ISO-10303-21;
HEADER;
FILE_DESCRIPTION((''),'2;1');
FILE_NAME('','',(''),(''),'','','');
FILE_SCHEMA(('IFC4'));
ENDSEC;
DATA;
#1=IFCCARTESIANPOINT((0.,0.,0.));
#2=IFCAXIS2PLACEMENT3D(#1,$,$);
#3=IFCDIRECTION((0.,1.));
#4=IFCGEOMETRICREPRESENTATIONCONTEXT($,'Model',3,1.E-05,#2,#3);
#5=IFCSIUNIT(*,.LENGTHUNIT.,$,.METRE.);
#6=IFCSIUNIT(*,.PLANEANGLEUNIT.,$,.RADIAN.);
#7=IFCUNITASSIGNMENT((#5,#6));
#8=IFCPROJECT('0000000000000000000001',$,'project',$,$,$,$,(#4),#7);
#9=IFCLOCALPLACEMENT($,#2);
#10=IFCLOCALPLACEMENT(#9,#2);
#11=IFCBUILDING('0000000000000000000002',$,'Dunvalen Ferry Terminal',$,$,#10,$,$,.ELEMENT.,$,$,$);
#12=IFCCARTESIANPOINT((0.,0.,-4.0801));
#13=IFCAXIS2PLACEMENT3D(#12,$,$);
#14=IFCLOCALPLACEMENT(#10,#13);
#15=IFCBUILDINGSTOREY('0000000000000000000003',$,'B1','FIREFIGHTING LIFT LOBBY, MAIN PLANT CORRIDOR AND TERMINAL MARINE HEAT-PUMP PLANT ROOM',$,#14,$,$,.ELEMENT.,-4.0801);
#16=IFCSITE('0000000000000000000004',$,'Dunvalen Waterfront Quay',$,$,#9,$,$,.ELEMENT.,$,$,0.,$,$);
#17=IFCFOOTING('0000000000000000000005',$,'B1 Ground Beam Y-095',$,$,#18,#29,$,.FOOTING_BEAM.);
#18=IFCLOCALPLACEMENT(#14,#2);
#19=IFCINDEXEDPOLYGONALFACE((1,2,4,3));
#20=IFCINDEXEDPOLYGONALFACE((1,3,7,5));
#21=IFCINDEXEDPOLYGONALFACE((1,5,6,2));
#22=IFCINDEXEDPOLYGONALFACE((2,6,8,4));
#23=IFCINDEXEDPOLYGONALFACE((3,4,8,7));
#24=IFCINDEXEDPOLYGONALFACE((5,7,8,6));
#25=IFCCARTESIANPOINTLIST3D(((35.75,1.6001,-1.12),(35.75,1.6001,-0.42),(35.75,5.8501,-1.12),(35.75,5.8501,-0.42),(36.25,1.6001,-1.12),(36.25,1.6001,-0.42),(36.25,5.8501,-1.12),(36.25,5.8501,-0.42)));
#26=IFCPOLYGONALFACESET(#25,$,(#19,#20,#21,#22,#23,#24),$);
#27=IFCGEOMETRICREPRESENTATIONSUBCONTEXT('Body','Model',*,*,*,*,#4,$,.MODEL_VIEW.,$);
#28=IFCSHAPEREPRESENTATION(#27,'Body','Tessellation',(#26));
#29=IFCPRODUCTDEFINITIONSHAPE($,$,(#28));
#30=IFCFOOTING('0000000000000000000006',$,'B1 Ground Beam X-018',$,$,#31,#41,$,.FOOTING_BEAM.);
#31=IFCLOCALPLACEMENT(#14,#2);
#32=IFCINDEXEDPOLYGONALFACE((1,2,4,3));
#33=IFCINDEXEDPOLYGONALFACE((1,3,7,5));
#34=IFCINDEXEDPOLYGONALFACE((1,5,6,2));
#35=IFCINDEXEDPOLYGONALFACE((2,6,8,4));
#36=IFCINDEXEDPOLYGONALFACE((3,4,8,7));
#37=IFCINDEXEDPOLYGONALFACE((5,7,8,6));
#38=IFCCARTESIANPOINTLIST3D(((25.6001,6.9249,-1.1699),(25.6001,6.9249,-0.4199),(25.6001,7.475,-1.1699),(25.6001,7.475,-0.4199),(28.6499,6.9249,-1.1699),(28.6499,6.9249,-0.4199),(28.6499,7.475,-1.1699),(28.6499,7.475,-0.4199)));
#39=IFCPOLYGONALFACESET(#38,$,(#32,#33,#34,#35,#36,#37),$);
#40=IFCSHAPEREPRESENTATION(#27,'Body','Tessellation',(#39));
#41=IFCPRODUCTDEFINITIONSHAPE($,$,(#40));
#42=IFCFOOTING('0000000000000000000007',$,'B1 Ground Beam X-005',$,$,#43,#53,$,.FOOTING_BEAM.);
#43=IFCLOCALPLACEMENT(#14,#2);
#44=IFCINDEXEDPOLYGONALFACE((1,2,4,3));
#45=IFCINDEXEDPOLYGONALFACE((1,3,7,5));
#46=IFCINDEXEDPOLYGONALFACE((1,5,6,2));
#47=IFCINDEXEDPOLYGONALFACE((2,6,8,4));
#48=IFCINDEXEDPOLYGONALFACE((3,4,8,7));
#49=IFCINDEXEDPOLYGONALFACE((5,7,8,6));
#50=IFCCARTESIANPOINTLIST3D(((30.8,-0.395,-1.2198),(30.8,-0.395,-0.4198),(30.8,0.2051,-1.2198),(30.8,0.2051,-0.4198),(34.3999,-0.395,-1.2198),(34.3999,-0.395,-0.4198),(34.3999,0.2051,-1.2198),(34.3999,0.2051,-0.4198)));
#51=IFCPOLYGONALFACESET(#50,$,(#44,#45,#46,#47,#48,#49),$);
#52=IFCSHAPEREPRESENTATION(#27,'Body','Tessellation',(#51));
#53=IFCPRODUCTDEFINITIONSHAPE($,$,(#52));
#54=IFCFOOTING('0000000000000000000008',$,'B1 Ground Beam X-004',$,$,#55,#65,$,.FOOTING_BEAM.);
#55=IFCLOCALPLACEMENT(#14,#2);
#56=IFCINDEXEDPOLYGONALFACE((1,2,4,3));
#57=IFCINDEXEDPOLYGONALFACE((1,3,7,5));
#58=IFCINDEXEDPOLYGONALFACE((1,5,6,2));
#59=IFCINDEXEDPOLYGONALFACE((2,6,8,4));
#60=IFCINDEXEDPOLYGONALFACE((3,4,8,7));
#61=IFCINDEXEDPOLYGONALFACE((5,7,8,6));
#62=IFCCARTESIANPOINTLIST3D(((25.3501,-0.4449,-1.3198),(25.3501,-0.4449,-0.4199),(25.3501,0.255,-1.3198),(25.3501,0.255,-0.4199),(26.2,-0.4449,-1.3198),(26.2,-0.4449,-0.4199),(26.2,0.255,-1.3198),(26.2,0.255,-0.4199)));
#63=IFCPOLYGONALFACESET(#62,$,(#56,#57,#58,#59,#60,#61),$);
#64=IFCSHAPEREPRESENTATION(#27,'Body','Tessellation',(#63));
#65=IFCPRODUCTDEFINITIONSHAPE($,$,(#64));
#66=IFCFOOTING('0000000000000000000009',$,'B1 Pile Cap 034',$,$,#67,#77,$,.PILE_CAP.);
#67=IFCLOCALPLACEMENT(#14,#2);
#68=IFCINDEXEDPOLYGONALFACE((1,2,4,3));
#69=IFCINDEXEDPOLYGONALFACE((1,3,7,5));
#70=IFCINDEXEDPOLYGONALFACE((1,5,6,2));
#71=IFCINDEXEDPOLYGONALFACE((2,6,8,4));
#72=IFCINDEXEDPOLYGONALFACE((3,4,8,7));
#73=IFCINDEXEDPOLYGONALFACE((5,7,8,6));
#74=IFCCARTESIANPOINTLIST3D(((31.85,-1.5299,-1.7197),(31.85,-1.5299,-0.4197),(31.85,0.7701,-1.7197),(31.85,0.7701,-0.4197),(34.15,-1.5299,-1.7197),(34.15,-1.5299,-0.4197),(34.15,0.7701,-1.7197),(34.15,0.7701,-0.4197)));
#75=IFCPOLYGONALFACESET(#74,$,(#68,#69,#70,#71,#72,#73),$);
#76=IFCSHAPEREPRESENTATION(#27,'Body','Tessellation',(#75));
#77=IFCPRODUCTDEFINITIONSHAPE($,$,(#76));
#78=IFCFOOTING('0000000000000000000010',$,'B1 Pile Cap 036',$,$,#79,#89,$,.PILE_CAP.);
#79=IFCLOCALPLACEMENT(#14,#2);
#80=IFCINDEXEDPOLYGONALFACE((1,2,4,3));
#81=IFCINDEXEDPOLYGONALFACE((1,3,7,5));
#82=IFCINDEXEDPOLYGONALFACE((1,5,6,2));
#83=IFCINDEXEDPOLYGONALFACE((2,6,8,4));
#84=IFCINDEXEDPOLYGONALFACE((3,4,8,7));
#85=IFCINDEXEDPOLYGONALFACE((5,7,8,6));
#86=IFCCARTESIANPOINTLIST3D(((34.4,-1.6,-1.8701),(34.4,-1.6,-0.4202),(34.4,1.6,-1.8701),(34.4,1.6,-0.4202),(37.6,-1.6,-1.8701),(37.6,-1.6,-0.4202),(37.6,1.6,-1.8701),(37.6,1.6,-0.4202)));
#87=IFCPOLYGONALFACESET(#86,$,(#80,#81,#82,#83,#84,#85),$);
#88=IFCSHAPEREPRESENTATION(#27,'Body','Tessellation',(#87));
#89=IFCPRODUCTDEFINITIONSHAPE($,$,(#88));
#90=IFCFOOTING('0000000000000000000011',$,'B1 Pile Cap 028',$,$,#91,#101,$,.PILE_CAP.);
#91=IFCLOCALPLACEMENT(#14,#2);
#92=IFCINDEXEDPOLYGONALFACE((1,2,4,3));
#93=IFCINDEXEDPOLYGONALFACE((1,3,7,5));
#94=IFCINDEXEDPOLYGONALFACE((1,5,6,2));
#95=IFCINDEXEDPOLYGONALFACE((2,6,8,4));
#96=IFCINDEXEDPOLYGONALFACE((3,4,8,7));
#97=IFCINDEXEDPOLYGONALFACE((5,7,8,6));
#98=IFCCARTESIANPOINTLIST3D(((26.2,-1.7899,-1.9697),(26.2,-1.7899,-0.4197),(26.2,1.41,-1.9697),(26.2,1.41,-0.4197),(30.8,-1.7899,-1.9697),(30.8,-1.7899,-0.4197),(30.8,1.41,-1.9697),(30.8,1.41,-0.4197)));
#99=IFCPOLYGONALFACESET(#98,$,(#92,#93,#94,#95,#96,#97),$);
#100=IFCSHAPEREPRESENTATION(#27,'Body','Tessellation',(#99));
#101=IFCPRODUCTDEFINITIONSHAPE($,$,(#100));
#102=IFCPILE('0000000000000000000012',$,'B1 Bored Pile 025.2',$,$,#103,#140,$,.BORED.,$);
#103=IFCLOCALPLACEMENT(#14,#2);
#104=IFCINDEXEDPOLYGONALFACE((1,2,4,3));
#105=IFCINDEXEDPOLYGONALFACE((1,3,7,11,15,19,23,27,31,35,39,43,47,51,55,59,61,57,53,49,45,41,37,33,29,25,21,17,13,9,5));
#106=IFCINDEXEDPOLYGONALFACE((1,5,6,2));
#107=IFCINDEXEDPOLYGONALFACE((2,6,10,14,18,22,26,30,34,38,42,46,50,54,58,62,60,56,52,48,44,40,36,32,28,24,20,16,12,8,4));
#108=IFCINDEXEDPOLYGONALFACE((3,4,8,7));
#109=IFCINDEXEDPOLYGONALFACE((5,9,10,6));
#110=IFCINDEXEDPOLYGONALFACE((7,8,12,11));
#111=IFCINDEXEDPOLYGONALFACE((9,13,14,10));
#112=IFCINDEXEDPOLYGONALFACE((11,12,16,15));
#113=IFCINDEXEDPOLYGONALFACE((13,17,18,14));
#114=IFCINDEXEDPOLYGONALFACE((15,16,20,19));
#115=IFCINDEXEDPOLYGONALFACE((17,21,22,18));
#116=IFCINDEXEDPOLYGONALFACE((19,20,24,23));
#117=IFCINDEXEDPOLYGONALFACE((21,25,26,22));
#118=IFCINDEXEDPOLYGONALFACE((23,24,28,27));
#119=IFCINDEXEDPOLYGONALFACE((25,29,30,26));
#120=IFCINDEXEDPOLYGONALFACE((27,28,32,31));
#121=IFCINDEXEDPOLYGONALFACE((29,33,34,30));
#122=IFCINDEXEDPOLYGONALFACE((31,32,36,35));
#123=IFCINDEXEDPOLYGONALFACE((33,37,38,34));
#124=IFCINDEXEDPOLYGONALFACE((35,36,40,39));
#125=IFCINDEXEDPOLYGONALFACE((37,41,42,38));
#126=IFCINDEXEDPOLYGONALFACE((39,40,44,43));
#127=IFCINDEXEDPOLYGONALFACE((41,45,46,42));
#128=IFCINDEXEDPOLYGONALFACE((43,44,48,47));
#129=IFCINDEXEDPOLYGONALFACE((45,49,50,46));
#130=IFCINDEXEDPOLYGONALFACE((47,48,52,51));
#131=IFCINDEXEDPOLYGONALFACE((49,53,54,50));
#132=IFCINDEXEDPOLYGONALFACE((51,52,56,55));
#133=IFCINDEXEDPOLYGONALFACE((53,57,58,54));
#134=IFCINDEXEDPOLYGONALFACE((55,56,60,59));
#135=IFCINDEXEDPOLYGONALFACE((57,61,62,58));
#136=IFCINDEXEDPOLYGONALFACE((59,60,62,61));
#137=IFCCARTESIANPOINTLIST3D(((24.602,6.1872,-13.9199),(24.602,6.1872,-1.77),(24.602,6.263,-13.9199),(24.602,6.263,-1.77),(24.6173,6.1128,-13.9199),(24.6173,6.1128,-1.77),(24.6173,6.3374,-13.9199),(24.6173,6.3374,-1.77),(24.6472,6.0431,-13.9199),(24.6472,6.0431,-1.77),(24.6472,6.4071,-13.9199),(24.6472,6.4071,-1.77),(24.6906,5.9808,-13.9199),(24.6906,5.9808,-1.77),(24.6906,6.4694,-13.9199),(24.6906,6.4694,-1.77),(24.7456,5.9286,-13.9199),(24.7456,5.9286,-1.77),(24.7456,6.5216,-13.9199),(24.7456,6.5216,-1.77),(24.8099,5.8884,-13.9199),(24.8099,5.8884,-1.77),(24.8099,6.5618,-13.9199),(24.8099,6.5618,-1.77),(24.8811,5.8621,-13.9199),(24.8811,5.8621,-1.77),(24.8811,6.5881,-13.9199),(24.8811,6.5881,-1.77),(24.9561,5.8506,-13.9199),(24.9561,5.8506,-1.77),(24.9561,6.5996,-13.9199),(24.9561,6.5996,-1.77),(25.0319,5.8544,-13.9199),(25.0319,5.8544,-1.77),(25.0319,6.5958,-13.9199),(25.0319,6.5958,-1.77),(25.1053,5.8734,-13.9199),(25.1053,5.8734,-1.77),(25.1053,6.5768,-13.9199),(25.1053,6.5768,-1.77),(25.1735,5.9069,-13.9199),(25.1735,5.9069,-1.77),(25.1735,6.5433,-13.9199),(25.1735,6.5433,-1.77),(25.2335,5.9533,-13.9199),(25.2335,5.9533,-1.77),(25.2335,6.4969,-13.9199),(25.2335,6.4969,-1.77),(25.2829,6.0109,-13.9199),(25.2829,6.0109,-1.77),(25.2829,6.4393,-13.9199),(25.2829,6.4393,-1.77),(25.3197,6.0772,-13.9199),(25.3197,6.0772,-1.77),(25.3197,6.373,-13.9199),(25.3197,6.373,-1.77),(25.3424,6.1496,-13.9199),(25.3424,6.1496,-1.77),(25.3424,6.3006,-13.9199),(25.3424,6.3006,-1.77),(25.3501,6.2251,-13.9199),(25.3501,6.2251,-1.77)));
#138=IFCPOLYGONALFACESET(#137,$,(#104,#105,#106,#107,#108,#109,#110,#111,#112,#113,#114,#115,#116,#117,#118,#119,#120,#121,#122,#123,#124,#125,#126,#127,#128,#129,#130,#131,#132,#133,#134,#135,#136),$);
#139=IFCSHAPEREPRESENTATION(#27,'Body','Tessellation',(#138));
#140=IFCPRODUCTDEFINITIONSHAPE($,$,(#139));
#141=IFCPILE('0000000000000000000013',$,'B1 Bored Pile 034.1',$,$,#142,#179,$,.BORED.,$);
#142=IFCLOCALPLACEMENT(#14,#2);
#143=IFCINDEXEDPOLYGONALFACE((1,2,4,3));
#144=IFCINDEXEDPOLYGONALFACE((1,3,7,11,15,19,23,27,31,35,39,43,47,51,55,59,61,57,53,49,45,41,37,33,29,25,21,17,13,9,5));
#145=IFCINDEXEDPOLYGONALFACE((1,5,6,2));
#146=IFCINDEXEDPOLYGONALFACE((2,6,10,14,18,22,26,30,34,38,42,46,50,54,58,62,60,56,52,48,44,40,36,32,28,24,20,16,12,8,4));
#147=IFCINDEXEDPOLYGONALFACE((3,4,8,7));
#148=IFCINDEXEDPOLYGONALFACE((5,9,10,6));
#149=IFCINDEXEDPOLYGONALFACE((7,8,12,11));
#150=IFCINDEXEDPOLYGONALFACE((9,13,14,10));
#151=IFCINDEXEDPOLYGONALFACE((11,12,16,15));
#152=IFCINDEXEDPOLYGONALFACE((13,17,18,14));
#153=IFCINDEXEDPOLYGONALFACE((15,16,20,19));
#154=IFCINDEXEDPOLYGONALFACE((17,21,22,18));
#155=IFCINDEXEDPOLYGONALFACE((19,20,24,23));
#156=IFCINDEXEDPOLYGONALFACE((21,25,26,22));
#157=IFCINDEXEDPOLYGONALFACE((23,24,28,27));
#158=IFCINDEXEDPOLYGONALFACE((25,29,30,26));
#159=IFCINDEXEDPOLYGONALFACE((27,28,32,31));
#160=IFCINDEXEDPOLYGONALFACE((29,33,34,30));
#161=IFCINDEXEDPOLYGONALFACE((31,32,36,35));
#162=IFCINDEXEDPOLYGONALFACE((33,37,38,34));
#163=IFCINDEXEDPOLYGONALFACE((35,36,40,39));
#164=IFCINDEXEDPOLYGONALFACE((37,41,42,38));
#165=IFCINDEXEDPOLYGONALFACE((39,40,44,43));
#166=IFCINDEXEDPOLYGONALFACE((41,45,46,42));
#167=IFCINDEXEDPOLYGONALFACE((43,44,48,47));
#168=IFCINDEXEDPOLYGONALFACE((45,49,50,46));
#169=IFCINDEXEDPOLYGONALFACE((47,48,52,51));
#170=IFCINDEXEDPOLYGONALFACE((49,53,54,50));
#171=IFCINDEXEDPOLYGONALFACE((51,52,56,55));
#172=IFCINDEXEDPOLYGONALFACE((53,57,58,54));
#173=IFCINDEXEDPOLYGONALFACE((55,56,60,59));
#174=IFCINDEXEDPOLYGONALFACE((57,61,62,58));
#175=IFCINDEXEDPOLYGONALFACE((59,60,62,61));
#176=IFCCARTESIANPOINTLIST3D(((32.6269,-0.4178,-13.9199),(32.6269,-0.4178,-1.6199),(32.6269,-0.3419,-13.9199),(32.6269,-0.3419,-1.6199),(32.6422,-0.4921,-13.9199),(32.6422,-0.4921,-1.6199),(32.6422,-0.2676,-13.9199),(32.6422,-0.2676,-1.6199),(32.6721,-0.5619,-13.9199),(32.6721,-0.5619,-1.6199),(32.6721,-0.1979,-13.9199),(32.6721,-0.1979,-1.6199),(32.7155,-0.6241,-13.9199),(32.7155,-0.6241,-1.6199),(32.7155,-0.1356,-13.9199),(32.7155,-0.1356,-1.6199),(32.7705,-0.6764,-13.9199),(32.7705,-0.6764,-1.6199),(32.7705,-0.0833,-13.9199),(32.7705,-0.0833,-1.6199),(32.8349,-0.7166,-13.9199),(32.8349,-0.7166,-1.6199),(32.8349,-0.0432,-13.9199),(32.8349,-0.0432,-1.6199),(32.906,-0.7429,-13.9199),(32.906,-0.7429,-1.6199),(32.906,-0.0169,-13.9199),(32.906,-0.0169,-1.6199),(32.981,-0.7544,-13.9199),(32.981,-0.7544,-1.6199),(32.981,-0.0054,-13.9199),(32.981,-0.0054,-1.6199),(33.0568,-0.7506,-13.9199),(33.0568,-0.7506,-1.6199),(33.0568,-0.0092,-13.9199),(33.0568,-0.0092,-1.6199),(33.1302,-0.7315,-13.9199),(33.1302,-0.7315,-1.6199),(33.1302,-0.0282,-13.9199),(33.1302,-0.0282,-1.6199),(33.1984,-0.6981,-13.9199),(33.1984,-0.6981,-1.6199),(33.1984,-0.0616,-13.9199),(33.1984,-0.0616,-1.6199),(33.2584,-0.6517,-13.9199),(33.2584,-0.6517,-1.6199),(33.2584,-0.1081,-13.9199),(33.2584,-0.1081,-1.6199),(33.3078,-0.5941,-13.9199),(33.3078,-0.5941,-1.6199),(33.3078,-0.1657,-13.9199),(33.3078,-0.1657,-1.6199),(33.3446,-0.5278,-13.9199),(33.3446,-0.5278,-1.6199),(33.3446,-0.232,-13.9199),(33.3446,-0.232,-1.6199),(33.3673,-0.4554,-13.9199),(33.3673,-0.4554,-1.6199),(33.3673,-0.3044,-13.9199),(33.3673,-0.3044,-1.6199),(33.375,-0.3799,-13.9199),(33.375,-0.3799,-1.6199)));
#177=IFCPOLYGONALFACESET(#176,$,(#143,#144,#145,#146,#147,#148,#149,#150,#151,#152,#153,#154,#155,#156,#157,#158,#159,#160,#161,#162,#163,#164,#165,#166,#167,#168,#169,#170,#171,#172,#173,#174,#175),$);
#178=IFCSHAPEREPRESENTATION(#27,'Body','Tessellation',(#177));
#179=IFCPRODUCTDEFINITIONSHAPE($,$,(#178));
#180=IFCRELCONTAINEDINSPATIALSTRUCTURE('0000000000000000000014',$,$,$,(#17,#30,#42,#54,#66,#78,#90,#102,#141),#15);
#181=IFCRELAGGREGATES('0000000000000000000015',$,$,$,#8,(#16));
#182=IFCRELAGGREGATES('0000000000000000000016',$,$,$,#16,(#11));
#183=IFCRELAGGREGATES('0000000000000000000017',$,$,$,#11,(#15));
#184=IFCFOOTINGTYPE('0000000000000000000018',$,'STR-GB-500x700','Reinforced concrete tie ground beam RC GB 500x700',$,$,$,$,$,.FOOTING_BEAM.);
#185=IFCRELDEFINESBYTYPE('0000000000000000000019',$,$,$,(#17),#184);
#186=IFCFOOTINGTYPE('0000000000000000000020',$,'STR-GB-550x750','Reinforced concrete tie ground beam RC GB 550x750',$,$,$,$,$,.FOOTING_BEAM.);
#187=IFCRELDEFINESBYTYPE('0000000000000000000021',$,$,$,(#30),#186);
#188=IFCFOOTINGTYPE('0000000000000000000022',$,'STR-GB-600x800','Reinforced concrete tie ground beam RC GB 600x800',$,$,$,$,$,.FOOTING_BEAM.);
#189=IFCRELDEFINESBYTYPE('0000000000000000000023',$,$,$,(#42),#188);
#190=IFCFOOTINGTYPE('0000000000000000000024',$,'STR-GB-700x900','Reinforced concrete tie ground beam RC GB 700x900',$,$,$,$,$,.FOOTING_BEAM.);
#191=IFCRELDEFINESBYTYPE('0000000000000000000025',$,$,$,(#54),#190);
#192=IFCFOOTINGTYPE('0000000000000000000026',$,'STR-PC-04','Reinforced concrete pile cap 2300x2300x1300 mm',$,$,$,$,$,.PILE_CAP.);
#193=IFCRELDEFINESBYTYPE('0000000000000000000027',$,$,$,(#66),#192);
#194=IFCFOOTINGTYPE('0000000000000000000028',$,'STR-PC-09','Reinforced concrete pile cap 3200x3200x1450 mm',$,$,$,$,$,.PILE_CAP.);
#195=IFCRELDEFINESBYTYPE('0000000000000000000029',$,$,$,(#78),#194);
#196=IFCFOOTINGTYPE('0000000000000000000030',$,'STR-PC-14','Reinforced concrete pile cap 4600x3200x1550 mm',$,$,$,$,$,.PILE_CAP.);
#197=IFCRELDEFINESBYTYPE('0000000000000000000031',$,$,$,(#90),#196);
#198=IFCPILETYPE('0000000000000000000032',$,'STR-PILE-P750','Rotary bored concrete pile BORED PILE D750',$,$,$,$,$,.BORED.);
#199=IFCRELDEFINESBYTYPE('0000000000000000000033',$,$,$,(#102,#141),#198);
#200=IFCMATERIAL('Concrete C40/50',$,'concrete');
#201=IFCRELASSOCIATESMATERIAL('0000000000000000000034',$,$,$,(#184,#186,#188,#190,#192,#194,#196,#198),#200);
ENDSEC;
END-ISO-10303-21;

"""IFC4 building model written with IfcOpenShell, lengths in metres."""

from ifc_helpers import new_model, si_unit, direction, frame, origin, origin_2d, place, context, subcontext, project, spatial, rectangle, circle, extrude, material, material_profile, profile_set, type_object, element, save


model = new_model("IFC4")

# Units and contexts
model_context = context("Model", 3, precision=1e-05, world=origin(), true_north=direction((0.0, 1.0)))
body_context = subcontext(model_context, "Body", "Model", "MODEL_VIEW")
ifc_project = project(units=[si_unit("LENGTHUNIT", "METRE"), si_unit("PLANEANGLEUNIT", "RADIAN")], contexts=[model_context])

# Site, building, storey
site_placement = place(None, origin())
site = spatial("IfcSite", under=ifc_project, at=site_placement, Name="Dunvalen Waterfront Quay", CompositionType="ELEMENT", RefElevation=0.0)
building_placement = place(site_placement, origin())
building = spatial("IfcBuilding", under=site, at=building_placement, Name="Dunvalen Ferry Terminal", CompositionType="ELEMENT")
storey_placement = place(building_placement, frame((0.0, 0.0, -4.0801)))
storey = spatial("IfcBuildingStorey", under=building, at=storey_placement, Name="B1", Description="FIREFIGHTING LIFT LOBBY, MAIN PLANT CORRIDOR AND TERMINAL MARINE HEAT-PUMP PLANT ROOM", CompositionType="ELEMENT", Elevation=-4.0801)

# Footings
ifc_material_1 = material(Name="Concrete C40/50", Category="concrete")
ifc_material_profile_1 = material_profile(ifc_material_1, rectangle(XDim=0.5, YDim=0.7, at=origin_2d()), Name="Concrete C40/50")
ifc_profile_set_1 = profile_set([ifc_material_profile_1], Name="Concrete C40/50")
footing_type_1 = type_object("IfcFootingType", Name="STR-GB-500x700", Description="Reinforced concrete tie ground beam RC GB 500x700", PredefinedType="FOOTING_BEAM", material=ifc_profile_set_1)
footing_1_placement = place(storey_placement, frame((36.0, 1.6001, -0.77), z_axis=(0.0, 1.0, 0.0), x_axis=(-1.0, 0.0, 0.0)))
element("IfcFooting", 1, at=footing_1_placement, inside=storey, type_object=footing_type_1, Name="B1 Ground Beam Y-095", PredefinedType="FOOTING_BEAM", context=body_context, shape_type="SweptSolid", body=[
    extrude(rectangle(XDim=0.5, YDim=0.7, at=origin_2d()), origin(), (0.0, 0.0, 1.0), 4.25),
])
ifc_material_profile_2 = material_profile(ifc_material_1, rectangle(XDim=0.55, YDim=0.75, at=origin_2d()), Name="Concrete C40/50")
ifc_profile_set_2 = profile_set([ifc_material_profile_2], Name="Concrete C40/50")
footing_type_2 = type_object("IfcFootingType", Name="STR-GB-550x750", Description="Reinforced concrete tie ground beam RC GB 550x750", PredefinedType="FOOTING_BEAM", material=ifc_profile_set_2)
footing_2_placement = place(storey_placement, frame((25.6001, 7.2, -0.7949), z_axis=(1.0, 0.0, 0.0), x_axis=(0.0, 1.0, 0.0)))
element("IfcFooting", 2, at=footing_2_placement, inside=storey, type_object=footing_type_2, Name="B1 Ground Beam X-018", PredefinedType="FOOTING_BEAM", context=body_context, shape_type="SweptSolid", body=[
    extrude(rectangle(XDim=0.55, YDim=0.75, at=origin_2d()), origin(), (0.0, 0.0, 1.0), 3.0498),
])
ifc_material_profile_3 = material_profile(ifc_material_1, rectangle(XDim=0.6001, YDim=0.8, at=origin_2d()), Name="Concrete C40/50")
ifc_profile_set_3 = profile_set([ifc_material_profile_3], Name="Concrete C40/50")
footing_type_3 = type_object("IfcFootingType", Name="STR-GB-600x800", Description="Reinforced concrete tie ground beam RC GB 600x800", PredefinedType="FOOTING_BEAM", material=ifc_profile_set_3)
footing_3_placement = place(storey_placement, frame((30.8, -0.095, -0.8198), z_axis=(1.0, 0.0, 0.0), x_axis=(0.0, 1.0, 0.0)))
element("IfcFooting", 3, at=footing_3_placement, inside=storey, type_object=footing_type_3, Name="B1 Ground Beam X-005", PredefinedType="FOOTING_BEAM", context=body_context, shape_type="SweptSolid", body=[
    extrude(rectangle(XDim=0.6001, YDim=0.8, at=origin_2d()), origin(), (0.0, 0.0, 1.0), 3.5999),
])
ifc_material_profile_4 = material_profile(ifc_material_1, rectangle(XDim=0.7, YDim=0.8999, at=origin_2d()), Name="Concrete C40/50")
ifc_profile_set_4 = profile_set([ifc_material_profile_4], Name="Concrete C40/50")
footing_type_4 = type_object("IfcFootingType", Name="STR-GB-700x900", Description="Reinforced concrete tie ground beam RC GB 700x900", PredefinedType="FOOTING_BEAM", material=ifc_profile_set_4)
footing_4_placement = place(storey_placement, frame((25.3501, -0.095, -0.8699), z_axis=(1.0, 0.0, 0.0), x_axis=(0.0, 1.0, 0.0)))
element("IfcFooting", 4, at=footing_4_placement, inside=storey, type_object=footing_type_4, Name="B1 Ground Beam X-004", PredefinedType="FOOTING_BEAM", context=body_context, shape_type="SweptSolid", body=[
    extrude(rectangle(XDim=0.7, YDim=0.8999, at=origin_2d()), origin(), (0.0, 0.0, 1.0), 0.8499),
])
footing_type_5 = type_object("IfcFootingType", Name="STR-PC-04", Description="Reinforced concrete pile cap 2300x2300x1300 mm", PredefinedType="PILE_CAP", material=ifc_material_1)
footing_5_placement = place(storey_placement, frame((33.0, -0.3799, -1.7197), z_axis=(0.0, 0.0, 1.0), x_axis=(1.0, 0.0, 0.0)))
element("IfcFooting", 5, at=footing_5_placement, inside=storey, type_object=footing_type_5, Name="B1 Pile Cap 034", PredefinedType="PILE_CAP", context=body_context, shape_type="SweptSolid", body=[
    extrude(rectangle(XDim=2.3, YDim=2.3, at=origin_2d()), origin(), (0.0, 0.0, 1.0), 1.3),
])
footing_type_6 = type_object("IfcFootingType", Name="STR-PC-09", Description="Reinforced concrete pile cap 3200x3200x1450 mm", PredefinedType="PILE_CAP", material=ifc_material_1)
footing_6_placement = place(storey_placement, frame((36.0, 0.0, -1.8701), z_axis=(0.0, 0.0, 1.0), x_axis=(1.0, 0.0, 0.0)))
element("IfcFooting", 6, at=footing_6_placement, inside=storey, type_object=footing_type_6, Name="B1 Pile Cap 036", PredefinedType="PILE_CAP", context=body_context, shape_type="SweptSolid", body=[
    extrude(rectangle(XDim=3.2, YDim=3.2, at=origin_2d()), origin(), (0.0, 0.0, 1.0), 1.45),
])
footing_type_7 = type_object("IfcFootingType", Name="STR-PC-14", Description="Reinforced concrete pile cap 4600x3200x1550 mm", PredefinedType="PILE_CAP", material=ifc_material_1)
footing_7_placement = place(storey_placement, frame((28.5, -0.1899, -1.9697), z_axis=(0.0, 0.0, 1.0), x_axis=(1.0, 0.0, 0.0)))
element("IfcFooting", 7, at=footing_7_placement, inside=storey, type_object=footing_type_7, Name="B1 Pile Cap 028", PredefinedType="PILE_CAP", context=body_context, shape_type="SweptSolid", body=[
    extrude(rectangle(XDim=4.6001, YDim=3.2, at=origin_2d()), origin(), (0.0, 0.0, 1.0), 1.55),
])

# Piles
ifc_material_profile_5 = material_profile(ifc_material_1, circle(Radius=0.375, at=origin_2d()), Name="Concrete C40/50")
ifc_profile_set_5 = profile_set([ifc_material_profile_5], Name="Concrete C40/50")
pile_type_1 = type_object("IfcPileType", Name="STR-PILE-P750", Description="Rotary bored concrete pile BORED PILE D750", PredefinedType="BORED", material=ifc_profile_set_5)
pile_1_placement = place(storey_placement, frame((24.9751, 6.2251, -1.77), z_axis=(0.0, 0.0, -1.0), x_axis=(1.0, 0.0, 0.0)))
element("IfcPile", 8, at=pile_1_placement, inside=storey, type_object=pile_type_1, Name="B1 Bored Pile 025.2", PredefinedType="BORED", context=body_context, shape_type="SweptSolid", body=[
    extrude(circle(Radius=0.375, at=origin_2d()), origin(), (0.0, 0.0, 1.0), 12.1499),
])
pile_2_placement = place(storey_placement, frame((33.0, -0.3799, -1.6199), z_axis=(0.0, 0.0, -1.0), x_axis=(1.0, 0.0, 0.0)))
element("IfcPile", 9, at=pile_2_placement, inside=storey, type_object=pile_type_1, Name="B1 Bored Pile 034.1", PredefinedType="BORED", context=body_context, shape_type="SweptSolid", body=[
    extrude(circle(Radius=0.375, at=origin_2d()), origin(), (0.0, 0.0, 1.0), 12.3),
])

save(model, "model.ifc")
